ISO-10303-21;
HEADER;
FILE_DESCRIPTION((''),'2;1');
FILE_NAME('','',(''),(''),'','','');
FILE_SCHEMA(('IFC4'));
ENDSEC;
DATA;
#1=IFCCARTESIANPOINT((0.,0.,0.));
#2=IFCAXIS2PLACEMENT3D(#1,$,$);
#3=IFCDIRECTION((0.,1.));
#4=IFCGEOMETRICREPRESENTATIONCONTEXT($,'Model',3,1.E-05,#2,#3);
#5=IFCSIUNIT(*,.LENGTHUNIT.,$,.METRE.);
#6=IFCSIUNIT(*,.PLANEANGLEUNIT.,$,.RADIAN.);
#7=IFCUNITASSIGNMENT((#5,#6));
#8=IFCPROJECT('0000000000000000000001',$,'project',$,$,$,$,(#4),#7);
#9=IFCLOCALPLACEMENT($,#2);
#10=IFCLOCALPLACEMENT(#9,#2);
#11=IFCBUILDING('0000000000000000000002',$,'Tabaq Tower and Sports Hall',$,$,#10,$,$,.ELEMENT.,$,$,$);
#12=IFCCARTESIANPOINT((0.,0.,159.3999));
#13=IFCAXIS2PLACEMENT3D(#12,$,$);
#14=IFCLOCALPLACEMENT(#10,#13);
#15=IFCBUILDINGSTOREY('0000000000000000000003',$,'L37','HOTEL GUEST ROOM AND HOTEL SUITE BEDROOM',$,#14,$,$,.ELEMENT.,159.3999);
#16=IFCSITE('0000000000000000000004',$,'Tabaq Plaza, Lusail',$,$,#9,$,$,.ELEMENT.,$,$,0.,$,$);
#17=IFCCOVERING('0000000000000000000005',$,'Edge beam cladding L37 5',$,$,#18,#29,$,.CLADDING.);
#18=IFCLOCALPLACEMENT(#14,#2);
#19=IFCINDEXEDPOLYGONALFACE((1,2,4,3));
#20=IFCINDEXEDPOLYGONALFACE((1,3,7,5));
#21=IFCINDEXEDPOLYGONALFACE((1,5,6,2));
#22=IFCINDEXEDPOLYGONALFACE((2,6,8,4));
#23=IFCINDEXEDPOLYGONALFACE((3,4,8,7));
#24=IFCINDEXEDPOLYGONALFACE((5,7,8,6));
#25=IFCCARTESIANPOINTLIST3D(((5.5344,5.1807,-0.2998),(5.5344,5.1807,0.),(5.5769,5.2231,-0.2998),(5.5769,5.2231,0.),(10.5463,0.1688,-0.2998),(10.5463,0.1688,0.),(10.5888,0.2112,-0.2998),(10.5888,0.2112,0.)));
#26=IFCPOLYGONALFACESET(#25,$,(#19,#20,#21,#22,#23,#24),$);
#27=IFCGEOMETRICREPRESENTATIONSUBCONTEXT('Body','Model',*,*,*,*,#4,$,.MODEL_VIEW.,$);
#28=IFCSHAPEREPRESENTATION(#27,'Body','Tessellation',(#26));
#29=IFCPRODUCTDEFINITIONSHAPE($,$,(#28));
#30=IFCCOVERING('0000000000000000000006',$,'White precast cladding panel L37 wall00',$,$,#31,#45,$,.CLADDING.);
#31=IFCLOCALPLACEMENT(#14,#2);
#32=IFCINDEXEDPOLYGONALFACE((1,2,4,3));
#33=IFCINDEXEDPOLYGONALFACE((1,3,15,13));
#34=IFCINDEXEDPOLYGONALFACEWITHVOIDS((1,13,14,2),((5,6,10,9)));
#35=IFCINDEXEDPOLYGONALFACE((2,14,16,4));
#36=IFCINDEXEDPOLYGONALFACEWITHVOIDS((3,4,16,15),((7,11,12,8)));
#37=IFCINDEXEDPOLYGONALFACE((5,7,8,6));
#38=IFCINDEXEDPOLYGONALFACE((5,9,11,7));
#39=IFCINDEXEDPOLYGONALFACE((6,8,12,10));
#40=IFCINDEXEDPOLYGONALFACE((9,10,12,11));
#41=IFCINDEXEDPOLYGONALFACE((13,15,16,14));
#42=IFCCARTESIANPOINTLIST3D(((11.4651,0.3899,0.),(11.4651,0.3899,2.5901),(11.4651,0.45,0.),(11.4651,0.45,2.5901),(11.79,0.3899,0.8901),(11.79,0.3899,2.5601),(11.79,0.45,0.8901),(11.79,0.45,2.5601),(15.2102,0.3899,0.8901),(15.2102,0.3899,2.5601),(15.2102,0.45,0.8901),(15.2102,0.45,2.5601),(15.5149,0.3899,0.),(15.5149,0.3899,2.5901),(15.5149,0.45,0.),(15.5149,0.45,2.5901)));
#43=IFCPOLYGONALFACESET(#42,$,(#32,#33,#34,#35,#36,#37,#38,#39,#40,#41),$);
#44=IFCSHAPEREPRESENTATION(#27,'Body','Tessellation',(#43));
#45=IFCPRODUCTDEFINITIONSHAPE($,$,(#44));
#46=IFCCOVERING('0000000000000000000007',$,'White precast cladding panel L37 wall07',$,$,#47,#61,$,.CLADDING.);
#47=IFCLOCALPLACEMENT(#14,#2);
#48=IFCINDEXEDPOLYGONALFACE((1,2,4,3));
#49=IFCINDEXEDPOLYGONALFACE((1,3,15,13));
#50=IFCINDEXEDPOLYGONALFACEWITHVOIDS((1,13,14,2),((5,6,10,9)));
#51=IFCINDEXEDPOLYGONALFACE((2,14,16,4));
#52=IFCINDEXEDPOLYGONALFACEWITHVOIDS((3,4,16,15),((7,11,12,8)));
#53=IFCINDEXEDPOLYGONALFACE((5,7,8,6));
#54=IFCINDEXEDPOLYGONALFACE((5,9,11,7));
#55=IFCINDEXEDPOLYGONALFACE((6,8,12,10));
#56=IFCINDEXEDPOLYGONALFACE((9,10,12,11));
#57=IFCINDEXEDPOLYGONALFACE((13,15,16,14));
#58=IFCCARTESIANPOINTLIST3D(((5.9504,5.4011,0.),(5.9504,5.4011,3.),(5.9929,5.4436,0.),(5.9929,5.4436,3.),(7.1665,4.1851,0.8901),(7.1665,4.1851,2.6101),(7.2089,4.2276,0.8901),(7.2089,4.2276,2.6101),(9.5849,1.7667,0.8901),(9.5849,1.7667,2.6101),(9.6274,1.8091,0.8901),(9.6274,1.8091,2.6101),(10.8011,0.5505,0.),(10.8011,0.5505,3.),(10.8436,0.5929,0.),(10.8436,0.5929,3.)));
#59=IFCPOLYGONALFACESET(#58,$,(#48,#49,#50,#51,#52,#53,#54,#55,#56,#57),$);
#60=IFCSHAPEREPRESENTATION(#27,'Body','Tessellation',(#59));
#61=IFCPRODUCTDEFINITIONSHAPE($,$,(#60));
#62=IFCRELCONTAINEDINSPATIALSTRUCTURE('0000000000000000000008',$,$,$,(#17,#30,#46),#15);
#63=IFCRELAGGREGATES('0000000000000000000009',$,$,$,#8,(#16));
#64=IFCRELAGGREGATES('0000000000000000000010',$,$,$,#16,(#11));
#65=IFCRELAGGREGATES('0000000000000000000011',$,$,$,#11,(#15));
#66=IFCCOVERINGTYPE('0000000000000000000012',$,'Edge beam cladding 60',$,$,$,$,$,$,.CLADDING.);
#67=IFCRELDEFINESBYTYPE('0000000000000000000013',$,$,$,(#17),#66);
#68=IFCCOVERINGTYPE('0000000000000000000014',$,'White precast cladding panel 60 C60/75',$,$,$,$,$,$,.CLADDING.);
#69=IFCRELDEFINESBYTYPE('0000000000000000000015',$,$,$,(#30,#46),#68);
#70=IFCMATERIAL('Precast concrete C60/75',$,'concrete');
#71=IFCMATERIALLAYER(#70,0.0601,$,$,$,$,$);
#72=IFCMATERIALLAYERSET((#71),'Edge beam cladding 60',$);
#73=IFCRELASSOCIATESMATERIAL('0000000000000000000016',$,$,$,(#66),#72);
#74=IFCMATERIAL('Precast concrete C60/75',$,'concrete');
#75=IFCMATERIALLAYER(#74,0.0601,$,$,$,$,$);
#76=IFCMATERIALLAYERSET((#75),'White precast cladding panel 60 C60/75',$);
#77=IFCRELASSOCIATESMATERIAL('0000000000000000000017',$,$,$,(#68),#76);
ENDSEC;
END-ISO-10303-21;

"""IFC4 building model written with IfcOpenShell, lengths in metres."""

from ifc_helpers import new_model, si_unit, direction, frame, frame_2d, origin, place, context, subcontext, project, spatial, polyline, rectangle, outline, extrude, material, layer, layer_set, type_object, element, save


model = new_model("IFC4")

# Units and contexts
model_context = context("Model", 3, precision=1e-05, world=origin(), true_north=direction((0.0, 1.0)))
body_context = subcontext(model_context, "Body", "Model", "MODEL_VIEW")
ifc_project = project(units=[si_unit("LENGTHUNIT", "METRE"), si_unit("PLANEANGLEUNIT", "RADIAN")], contexts=[model_context])

# Site, building, storey
site_placement = place(None, origin())
site = spatial("IfcSite", under=ifc_project, at=site_placement, Name="Tabaq Plaza, Lusail", CompositionType="ELEMENT", RefElevation=0.0)
building_placement = place(site_placement, origin())
building = spatial("IfcBuilding", under=site, at=building_placement, Name="Tabaq Tower and Sports Hall", CompositionType="ELEMENT")
storey_placement = place(building_placement, frame((0.0, 0.0, 159.3999)))
storey = spatial("IfcBuildingStorey", under=building, at=storey_placement, Name="L37", Description="HOTEL GUEST ROOM AND HOTEL SUITE BEDROOM", CompositionType="ELEMENT", Elevation=159.3999)

# Coverings
ifc_material_1 = material(Name="Precast concrete C60/75", Category="concrete")
ifc_layer_1 = layer(ifc_material_1, 0.0601)
ifc_layer_set_1 = layer_set([ifc_layer_1], Name="Edge beam cladding 60")
covering_type_1 = type_object("IfcCoveringType", Name="Edge beam cladding 60", PredefinedType="CLADDING", material=ifc_layer_set_1)
covering_1_placement = place(storey_placement, frame((5.5557, 5.2019, -0.2998), z_axis=(0.0, 0.0, 1.0), x_axis=(0.707107, -0.707107, 0.0)))
element("IfcCovering", 1, at=covering_1_placement, inside=storey, type_object=covering_type_1, Name="Edge beam cladding L37 5", PredefinedType="CLADDING", context=body_context, shape_type="SweptSolid", body=[
    extrude(rectangle(XDim=7.0879, YDim=0.0601, at=frame_2d((3.5439, 0.0))), origin(), (0.0, 0.0, 1.0), 0.2998),
])
ifc_material_2 = material(Name="Precast concrete C60/75", Category="concrete")
ifc_layer_2 = layer(ifc_material_2, 0.0601)
ifc_layer_set_2 = layer_set([ifc_layer_2], Name="White precast cladding panel 60 C60/75")
covering_type_2 = type_object("IfcCoveringType", Name="White precast cladding panel 60 C60/75", PredefinedType="CLADDING", material=ifc_layer_set_2)
covering_2_placement = place(storey_placement, frame((11.4651, 0.4199, 0.0), z_axis=(0.0, 0.0, 1.0), x_axis=(1.0, 0.0, 0.0)))
element("IfcCovering", 2, at=covering_2_placement, inside=storey, type_object=covering_type_2, Name="White precast cladding panel L37 wall00", PredefinedType="CLADDING", context=body_context, shape_type="SweptSolid", body=[
    extrude(outline(polyline([(0.0, 0.0), (4.0498, 0.0), (4.0498, 2.5901), (0.0, 2.5901), (0.0, 0.0)]), holes=[polyline([(3.7451, 0.8901), (0.325, 0.8901), (0.325, 2.5601), (3.7451, 2.5601), (3.7451, 0.8901)])]), frame((0.0, 0.03, 0.0), z_axis=(0.0, -1.0, 0.0), x_axis=(1.0, 0.0, 0.0)), (0.0, 0.0, 1.0), 0.0601),
])
covering_3_placement = place(storey_placement, frame((5.9717, 5.4224, 0.0), z_axis=(0.0, 0.0, 1.0), x_axis=(0.707107, -0.707107, 0.0)))
element("IfcCovering", 3, at=covering_3_placement, inside=storey, type_object=covering_type_2, Name="White precast cladding panel L37 wall07", PredefinedType="CLADDING", context=body_context, shape_type="SweptSolid", body=[
    extrude(outline(polyline([(0.0, 0.0), (6.8599, 0.0), (6.8599, 3.0), (0.0, 3.0), (0.0, 0.0)]), holes=[polyline([(1.7197, 0.8901), (1.7197, 2.6101), (5.1399, 2.6101), (5.1399, 0.8901), (1.7197, 0.8901)])]), frame((0.0, 0.03, 0.0), z_axis=(0.0, -1.0, 0.0), x_axis=(1.0, 0.0, 0.0)), (0.0, 0.0, 1.0), 0.0601),
])

save(model, "model.ifc")
